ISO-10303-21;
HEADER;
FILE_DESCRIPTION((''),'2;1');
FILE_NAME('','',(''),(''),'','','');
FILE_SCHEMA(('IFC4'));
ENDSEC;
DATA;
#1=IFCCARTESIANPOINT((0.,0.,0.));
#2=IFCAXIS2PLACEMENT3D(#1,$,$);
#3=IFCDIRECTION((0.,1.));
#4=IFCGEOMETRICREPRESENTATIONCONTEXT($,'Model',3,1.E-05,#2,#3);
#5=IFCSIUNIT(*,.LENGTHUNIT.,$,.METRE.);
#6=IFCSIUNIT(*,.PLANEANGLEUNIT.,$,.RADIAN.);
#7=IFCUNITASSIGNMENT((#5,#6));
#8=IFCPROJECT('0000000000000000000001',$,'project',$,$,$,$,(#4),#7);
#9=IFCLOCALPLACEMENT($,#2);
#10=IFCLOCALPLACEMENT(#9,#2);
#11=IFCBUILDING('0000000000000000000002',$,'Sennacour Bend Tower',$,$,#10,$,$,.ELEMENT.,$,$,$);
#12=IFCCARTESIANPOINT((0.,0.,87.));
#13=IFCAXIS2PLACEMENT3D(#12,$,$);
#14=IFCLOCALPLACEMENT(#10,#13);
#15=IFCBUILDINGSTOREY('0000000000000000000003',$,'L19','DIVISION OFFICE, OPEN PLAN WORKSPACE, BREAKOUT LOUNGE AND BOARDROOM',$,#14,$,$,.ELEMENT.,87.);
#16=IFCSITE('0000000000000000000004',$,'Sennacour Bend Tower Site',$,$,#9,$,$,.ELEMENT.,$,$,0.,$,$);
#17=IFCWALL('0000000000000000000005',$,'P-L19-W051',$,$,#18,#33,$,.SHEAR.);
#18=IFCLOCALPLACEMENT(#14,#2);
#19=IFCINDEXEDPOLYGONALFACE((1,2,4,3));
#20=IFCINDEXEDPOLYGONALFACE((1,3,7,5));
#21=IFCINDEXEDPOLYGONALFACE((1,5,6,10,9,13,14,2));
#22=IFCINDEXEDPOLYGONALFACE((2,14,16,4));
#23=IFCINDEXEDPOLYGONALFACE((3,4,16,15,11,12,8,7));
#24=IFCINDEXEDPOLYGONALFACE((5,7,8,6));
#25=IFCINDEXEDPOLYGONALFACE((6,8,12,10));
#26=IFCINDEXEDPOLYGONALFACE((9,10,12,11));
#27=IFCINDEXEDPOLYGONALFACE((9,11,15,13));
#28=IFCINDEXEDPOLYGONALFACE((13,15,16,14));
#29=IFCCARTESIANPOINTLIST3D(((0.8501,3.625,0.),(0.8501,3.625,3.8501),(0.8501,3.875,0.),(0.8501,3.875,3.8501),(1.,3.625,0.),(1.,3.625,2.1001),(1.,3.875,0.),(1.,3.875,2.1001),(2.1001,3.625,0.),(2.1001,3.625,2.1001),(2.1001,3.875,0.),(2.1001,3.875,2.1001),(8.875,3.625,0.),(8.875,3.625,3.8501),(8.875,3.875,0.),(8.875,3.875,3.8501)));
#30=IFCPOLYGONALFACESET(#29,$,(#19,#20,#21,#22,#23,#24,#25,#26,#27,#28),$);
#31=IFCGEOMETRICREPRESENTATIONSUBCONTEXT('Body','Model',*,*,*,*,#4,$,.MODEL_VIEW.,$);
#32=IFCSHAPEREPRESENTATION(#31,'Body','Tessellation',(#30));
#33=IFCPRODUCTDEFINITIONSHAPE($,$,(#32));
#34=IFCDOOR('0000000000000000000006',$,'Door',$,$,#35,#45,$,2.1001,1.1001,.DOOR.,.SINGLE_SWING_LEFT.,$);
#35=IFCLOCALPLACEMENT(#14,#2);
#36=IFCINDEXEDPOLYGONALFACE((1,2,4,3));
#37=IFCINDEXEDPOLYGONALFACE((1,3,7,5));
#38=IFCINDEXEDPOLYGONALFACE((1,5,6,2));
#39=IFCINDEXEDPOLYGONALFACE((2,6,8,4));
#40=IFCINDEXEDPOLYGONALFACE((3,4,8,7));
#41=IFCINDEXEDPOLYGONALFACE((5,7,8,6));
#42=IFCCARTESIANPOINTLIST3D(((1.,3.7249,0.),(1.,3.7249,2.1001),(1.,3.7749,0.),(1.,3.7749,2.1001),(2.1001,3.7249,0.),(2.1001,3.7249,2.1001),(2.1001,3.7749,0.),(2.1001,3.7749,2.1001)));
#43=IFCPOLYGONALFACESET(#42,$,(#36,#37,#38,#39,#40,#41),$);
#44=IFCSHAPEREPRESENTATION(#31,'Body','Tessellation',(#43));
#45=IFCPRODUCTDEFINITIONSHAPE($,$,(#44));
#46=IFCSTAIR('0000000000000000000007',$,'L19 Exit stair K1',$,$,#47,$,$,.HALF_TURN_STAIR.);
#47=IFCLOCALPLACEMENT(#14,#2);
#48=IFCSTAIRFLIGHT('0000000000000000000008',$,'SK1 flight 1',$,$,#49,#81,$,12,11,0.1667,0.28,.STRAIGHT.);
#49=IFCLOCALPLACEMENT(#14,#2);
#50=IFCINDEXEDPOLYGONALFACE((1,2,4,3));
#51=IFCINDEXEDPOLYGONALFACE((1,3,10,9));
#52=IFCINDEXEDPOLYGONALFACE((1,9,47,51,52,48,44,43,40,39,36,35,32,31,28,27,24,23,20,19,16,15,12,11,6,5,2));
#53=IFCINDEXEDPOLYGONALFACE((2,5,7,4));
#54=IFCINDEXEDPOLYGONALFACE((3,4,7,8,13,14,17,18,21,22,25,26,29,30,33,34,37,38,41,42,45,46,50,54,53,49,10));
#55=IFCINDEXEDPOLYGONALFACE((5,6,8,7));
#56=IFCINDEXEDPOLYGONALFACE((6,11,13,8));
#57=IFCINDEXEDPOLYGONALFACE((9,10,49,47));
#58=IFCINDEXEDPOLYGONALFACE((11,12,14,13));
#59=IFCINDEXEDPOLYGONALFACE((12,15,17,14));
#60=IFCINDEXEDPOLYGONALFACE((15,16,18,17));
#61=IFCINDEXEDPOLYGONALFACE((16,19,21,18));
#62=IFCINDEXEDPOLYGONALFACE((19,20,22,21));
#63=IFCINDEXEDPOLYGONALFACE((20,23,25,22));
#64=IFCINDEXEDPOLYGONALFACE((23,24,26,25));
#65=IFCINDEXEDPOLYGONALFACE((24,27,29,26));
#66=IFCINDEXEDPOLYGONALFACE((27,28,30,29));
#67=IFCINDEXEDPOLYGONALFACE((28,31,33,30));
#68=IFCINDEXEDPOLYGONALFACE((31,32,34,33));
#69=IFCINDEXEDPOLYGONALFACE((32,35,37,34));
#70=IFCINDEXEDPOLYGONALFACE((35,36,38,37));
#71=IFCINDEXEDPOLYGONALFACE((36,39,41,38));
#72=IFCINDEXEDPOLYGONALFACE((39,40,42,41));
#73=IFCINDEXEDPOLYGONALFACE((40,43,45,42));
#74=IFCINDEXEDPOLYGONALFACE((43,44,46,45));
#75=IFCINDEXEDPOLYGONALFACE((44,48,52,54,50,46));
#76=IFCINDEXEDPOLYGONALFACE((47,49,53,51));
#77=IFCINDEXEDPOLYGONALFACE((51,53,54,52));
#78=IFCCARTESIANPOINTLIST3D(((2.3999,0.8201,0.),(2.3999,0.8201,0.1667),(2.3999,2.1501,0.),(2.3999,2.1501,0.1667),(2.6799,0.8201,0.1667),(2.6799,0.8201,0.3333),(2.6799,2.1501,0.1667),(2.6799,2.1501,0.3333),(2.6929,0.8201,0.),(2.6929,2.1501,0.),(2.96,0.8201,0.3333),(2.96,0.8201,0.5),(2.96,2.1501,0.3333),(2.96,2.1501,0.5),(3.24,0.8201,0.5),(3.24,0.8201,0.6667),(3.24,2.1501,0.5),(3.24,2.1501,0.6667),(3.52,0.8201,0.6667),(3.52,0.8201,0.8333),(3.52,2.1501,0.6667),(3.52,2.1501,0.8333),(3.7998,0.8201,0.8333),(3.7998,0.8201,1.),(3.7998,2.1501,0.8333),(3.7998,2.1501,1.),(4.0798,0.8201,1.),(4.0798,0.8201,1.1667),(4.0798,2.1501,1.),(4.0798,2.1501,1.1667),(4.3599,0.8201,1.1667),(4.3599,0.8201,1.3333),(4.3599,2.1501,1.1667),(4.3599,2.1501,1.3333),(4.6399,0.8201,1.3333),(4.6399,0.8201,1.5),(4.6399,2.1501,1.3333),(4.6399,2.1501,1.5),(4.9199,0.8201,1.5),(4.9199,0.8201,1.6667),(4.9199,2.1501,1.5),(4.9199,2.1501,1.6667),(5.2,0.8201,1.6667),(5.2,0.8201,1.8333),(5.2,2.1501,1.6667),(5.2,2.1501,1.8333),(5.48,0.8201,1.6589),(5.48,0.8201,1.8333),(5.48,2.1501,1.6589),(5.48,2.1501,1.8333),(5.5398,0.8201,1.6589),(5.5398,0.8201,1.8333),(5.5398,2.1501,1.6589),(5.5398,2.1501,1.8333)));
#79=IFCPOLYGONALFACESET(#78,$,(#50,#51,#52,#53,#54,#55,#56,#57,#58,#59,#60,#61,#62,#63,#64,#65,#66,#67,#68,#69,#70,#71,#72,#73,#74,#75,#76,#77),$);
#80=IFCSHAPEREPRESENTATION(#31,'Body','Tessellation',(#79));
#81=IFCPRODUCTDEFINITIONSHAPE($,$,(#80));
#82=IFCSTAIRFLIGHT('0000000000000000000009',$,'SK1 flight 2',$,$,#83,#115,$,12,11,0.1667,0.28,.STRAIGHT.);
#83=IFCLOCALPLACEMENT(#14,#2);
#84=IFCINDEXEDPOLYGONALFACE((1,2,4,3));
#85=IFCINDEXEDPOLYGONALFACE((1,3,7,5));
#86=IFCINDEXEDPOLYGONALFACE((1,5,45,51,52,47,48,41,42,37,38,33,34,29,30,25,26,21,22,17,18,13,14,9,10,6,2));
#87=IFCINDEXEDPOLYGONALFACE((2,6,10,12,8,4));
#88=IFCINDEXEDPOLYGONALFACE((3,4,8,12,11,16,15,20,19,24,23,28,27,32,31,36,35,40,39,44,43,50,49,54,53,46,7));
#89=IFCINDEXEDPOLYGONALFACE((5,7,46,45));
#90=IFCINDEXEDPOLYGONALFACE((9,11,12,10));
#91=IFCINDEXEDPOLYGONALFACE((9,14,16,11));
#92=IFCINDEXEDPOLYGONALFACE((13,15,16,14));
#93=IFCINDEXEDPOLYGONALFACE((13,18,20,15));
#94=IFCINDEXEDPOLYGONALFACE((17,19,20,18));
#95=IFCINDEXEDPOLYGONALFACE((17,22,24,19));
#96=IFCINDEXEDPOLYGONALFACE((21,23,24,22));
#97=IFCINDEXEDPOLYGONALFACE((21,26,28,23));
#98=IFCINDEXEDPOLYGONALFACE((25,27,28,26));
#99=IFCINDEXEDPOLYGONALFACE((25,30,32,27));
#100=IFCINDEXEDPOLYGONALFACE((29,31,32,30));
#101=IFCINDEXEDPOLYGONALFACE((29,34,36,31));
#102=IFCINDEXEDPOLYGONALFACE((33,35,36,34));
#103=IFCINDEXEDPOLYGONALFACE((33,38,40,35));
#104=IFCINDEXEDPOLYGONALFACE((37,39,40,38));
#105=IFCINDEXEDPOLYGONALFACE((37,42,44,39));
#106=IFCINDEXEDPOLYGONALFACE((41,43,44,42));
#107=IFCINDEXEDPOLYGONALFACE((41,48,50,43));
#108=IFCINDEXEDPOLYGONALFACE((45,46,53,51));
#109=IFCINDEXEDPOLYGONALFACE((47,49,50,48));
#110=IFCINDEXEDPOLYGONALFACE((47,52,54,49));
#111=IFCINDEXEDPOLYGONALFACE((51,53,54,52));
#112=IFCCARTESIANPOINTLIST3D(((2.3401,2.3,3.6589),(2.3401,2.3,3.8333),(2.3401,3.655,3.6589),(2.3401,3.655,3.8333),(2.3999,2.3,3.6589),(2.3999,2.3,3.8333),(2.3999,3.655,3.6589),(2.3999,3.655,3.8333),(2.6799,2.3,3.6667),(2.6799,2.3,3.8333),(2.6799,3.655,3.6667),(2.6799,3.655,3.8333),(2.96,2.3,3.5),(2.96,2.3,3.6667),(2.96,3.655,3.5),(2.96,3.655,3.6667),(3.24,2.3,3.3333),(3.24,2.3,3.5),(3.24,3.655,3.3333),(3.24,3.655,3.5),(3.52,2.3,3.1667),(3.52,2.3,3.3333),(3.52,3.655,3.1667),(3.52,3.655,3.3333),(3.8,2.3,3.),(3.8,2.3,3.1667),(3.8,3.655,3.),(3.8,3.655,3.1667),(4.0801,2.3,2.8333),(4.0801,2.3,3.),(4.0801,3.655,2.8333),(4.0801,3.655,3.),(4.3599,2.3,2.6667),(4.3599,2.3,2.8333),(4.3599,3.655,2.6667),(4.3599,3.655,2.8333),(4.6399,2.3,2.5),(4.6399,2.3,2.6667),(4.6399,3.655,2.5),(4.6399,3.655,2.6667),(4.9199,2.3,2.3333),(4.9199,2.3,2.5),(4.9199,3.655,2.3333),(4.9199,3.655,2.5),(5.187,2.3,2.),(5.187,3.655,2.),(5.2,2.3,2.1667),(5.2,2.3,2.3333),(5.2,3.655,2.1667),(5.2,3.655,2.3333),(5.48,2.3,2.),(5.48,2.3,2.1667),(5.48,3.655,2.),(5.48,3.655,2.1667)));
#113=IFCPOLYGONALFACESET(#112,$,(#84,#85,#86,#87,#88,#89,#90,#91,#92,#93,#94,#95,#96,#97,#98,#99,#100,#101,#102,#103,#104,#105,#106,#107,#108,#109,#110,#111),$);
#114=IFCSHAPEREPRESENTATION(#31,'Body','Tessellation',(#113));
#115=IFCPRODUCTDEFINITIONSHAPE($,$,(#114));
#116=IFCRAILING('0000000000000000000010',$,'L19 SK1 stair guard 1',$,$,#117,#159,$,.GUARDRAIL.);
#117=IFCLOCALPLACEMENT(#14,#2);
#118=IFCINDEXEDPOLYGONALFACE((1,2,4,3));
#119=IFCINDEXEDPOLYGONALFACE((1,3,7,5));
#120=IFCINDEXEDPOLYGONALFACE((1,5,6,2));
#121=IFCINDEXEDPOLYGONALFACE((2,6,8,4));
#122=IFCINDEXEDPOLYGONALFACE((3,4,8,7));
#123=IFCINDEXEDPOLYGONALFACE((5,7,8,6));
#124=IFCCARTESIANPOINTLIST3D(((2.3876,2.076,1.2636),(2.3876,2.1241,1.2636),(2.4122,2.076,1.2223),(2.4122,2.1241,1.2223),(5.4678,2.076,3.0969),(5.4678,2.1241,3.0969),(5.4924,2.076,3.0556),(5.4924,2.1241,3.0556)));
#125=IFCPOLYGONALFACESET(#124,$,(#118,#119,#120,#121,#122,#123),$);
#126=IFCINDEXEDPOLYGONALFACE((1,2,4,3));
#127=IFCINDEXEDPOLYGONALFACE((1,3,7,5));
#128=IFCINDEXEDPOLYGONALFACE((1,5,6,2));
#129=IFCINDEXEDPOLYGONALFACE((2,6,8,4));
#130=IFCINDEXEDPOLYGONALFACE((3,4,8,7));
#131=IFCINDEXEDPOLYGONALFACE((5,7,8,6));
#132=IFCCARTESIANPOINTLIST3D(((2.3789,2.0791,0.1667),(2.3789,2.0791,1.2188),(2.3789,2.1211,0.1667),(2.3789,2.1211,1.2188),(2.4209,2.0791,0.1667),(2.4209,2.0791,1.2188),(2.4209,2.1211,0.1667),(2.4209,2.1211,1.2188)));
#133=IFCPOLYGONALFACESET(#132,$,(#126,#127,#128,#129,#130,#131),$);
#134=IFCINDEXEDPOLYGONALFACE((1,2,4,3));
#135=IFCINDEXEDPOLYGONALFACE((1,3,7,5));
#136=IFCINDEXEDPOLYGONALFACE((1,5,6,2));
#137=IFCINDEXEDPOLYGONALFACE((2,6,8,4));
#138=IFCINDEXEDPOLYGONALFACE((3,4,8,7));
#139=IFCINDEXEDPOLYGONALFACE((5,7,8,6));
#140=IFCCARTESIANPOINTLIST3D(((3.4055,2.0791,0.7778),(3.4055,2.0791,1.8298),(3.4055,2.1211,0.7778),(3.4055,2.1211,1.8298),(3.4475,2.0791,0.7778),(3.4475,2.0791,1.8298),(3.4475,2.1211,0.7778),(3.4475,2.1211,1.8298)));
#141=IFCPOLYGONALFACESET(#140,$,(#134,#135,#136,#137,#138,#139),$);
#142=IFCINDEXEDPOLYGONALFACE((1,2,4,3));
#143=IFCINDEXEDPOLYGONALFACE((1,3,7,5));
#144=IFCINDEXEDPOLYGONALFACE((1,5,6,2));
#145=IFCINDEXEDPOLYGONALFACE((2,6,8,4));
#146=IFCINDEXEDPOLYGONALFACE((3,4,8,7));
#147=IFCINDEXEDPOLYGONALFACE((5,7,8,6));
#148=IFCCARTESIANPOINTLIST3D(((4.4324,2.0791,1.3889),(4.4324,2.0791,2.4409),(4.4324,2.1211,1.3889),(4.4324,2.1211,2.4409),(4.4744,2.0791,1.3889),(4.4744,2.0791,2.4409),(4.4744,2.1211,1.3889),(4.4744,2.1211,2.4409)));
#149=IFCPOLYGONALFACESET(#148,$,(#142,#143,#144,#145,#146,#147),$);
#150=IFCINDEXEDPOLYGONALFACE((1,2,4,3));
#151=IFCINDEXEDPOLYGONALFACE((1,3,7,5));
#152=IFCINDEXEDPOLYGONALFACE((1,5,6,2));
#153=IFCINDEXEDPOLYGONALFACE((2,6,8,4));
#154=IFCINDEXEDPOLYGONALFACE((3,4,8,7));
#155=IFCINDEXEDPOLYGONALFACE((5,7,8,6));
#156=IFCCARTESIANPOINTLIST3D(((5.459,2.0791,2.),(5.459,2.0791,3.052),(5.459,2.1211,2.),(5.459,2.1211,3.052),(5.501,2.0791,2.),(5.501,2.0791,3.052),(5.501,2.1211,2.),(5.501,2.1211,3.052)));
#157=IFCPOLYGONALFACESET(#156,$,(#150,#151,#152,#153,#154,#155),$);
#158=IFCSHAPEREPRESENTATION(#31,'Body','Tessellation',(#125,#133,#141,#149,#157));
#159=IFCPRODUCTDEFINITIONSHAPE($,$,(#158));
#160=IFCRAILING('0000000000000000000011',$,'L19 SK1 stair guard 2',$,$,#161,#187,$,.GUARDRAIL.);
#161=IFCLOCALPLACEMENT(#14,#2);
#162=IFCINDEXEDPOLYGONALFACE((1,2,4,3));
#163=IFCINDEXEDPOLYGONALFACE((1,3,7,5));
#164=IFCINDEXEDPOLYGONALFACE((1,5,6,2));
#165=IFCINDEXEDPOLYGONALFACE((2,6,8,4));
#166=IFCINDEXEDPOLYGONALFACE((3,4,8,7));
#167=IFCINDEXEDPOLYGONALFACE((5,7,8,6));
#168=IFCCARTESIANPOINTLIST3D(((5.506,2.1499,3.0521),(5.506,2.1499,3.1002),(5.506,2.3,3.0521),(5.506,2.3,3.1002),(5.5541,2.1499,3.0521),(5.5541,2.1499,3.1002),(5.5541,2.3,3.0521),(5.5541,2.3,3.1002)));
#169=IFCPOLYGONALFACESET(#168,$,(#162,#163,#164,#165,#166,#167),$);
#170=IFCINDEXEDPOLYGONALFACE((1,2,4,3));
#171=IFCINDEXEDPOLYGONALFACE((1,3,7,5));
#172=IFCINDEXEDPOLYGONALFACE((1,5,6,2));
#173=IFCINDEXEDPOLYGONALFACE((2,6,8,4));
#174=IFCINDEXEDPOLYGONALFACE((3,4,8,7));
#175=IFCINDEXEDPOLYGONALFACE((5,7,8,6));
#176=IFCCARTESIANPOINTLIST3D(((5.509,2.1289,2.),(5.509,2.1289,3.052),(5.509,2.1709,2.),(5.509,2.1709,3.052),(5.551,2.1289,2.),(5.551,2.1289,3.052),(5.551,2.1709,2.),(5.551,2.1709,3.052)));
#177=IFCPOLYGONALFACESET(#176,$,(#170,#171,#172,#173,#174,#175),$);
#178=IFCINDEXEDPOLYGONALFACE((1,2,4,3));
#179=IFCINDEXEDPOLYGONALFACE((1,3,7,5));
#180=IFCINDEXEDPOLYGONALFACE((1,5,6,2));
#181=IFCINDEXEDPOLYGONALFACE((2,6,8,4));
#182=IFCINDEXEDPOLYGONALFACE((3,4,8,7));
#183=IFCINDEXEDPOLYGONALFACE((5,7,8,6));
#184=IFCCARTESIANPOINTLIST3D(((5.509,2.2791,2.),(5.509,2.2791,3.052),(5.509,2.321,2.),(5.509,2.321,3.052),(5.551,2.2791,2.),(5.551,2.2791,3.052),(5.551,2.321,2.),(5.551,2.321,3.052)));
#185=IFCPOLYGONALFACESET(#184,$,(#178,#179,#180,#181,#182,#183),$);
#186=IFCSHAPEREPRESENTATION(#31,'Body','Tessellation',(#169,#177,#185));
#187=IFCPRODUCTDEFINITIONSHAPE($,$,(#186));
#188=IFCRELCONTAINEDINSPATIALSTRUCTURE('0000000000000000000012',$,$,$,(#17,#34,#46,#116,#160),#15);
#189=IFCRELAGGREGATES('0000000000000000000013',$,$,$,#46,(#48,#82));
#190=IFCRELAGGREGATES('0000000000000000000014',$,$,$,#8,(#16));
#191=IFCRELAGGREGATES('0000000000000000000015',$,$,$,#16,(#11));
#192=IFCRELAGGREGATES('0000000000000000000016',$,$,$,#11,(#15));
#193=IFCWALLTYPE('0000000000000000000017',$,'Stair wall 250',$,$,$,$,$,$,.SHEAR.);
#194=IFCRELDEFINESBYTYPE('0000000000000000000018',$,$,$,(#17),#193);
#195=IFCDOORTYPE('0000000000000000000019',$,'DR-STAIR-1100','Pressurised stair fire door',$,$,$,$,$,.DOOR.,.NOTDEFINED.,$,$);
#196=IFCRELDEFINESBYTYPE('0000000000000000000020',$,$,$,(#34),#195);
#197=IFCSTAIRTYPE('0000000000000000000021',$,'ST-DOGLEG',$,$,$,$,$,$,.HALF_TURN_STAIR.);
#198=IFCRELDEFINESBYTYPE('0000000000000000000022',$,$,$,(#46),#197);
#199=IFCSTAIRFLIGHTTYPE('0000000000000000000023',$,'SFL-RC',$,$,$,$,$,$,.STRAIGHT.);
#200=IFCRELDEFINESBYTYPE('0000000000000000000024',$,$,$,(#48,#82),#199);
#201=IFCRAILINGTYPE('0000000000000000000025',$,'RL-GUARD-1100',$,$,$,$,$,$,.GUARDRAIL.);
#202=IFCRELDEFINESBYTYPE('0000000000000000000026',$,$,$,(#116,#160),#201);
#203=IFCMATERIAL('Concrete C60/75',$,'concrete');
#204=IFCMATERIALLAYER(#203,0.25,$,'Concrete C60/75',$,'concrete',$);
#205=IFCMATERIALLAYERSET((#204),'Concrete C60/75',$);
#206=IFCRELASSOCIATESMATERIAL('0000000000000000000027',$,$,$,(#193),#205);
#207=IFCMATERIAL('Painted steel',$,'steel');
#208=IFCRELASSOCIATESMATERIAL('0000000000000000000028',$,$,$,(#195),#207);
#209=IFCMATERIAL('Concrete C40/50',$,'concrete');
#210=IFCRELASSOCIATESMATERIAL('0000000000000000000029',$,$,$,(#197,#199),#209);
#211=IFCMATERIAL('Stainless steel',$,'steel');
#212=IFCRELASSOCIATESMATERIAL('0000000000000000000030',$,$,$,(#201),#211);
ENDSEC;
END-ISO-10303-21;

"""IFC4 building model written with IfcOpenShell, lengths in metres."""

from ifc_helpers import new_model, si_unit, direction, frame, frame_2d, origin, origin_2d, place, context, subcontext, project, spatial, polyline, rectangle, outline, extrude, material, layer, layer_set, type_object, element, fill, aggregate, save


model = new_model("IFC4")

# Units and contexts
model_context = context("Model", 3, precision=1e-05, world=origin(), true_north=direction((0.0, 1.0)))
body_context = subcontext(model_context, "Body", "Model", "MODEL_VIEW")
ifc_project = project(units=[si_unit("LENGTHUNIT", "METRE"), si_unit("PLANEANGLEUNIT", "RADIAN")], contexts=[model_context])

# Site, building, storey
site_placement = place(None, origin())
site = spatial("IfcSite", under=ifc_project, at=site_placement, Name="Sennacour Bend Tower Site", CompositionType="ELEMENT", RefElevation=0.0)
building_placement = place(site_placement, origin())
building = spatial("IfcBuilding", under=site, at=building_placement, Name="Sennacour Bend Tower", CompositionType="ELEMENT")
storey_placement = place(building_placement, frame((0.0, 0.0, 87.0)))
storey = spatial("IfcBuildingStorey", under=building, at=storey_placement, Name="L19", Description="DIVISION OFFICE, OPEN PLAN WORKSPACE, BREAKOUT LOUNGE AND BOARDROOM", CompositionType="ELEMENT", Elevation=87.0)

# Shared definitions
ifc_material_1 = material(Name="Concrete C60/75", Category="concrete")
ifc_layer_1 = layer(ifc_material_1, 0.25, Name="Concrete C60/75", Category="concrete")
ifc_layer_set_1 = layer_set([ifc_layer_1], Name="Concrete C60/75")
wall_type_1 = type_object("IfcWallType", Name="Stair wall 250", PredefinedType="SHEAR", material=ifc_layer_set_1)

# Wall, opening, door
wall_1_placement = place(storey_placement, frame((0.8501, 3.75, 0.0), z_axis=(0.0, 0.0, 1.0), x_axis=(1.0, 0.0, 0.0)))
wall_1 = element("IfcWall", 1, at=wall_1_placement, inside=storey, type_object=wall_type_1, Name="P-L19-W051", PredefinedType="SHEAR", context=body_context, shape_type="SweptSolid", body=[
    extrude(rectangle(XDim=8.0249, YDim=0.25, at=frame_2d((4.0125, 0.0))), origin(), (0.0, 0.0, 1.0), 3.8501),
])
opening_1_placement = place(wall_1_placement, frame((0.1499, 0.0, 0.0)))
opening_1 = element("IfcOpeningElement", 2, at=opening_1_placement, cuts=wall_1, PredefinedType="OPENING", context=body_context, shape_type="SweptSolid", body=[
    extrude(rectangle(XDim=1.1001, YDim=2.1001, at=frame_2d((0.55, 1.05))), frame((0.0, 0.135, 0.0), z_axis=(0.0, -1.0, 0.0), x_axis=(1.0, 0.0, 0.0)), (0.0, 0.0, 1.0), 0.27),
])
ifc_material_2 = material(Name="Painted steel", Category="steel")
door_type = type_object("IfcDoorType", Name="DR-STAIR-1100", Description="Pressurised stair fire door", OperationType="NOTDEFINED", PredefinedType="DOOR", material=ifc_material_2)
door_placement = place(opening_1_placement, origin())
door = element("IfcDoor", 3, at=door_placement, inside=storey, type_object=door_type, Name="Door", OperationType="SINGLE_SWING_LEFT", OverallHeight=2.1001, OverallWidth=1.1001, PredefinedType="DOOR", context=body_context, shape_type="SweptSolid", body=[
    extrude(rectangle(XDim=1.1001, YDim=2.1001, at=frame_2d((0.55, 1.05))), frame((0.0, 0.0249, 0.0), z_axis=(0.0, -1.0, 0.0), x_axis=(1.0, 0.0, 0.0)), (0.0, 0.0, 1.0), 0.05),
])
fill(opening_1, door)

# Stair, stair flights
ifc_material_3 = material(Name="Concrete C40/50", Category="concrete")
stair_type = type_object("IfcStairType", Name="ST-DOGLEG", PredefinedType="HALF_TURN_STAIR", material=ifc_material_3)
stair_placement = place(storey_placement, origin())
stair = element("IfcStair", 4, at=stair_placement, inside=storey, type_object=stair_type, Name="L19 Exit stair K1", PredefinedType="HALF_TURN_STAIR")
stair_flight_type = type_object("IfcStairFlightType", Name="SFL-RC", PredefinedType="STRAIGHT", material=ifc_material_3)
stair_flight_1_placement = place(storey_placement, frame((2.3999, 1.4851, 0.0), z_axis=(0.0, 0.0, 1.0), x_axis=(1.0, 0.0, 0.0)))
stair_flight_1 = element("IfcStairFlight", 5, at=stair_flight_1_placement, type_object=stair_flight_type, Name="SK1 flight 1", NumberOfRisers=12, NumberOfTreads=11, PredefinedType="STRAIGHT", RiserHeight=0.1667, TreadLength=0.28, context=body_context, shape_type="SweptSolid", body=[
    extrude(outline(polyline([(0.0, 0.0), (0.0, 0.1667), (0.28, 0.1667), (0.28, 0.3333), (0.5601, 0.3333), (0.5601, 0.5), (0.8401, 0.5), (0.8401, 0.6667), (1.1201, 0.6667), (1.1201, 0.8333), (1.3999, 0.8333), (1.3999, 1.0), (1.6799, 1.0), (1.6799, 1.1667), (1.96, 1.1667), (1.96, 1.3333), (2.24, 1.3333), (2.24, 1.5), (2.52, 1.5), (2.52, 1.6667), (2.8, 1.6667), (2.8, 1.8333), (3.0801, 1.8333), (3.1399, 1.8333), (3.1399, 1.6589), (3.0801, 1.6589), (0.293, 0.0), (0.0, 0.0)])), frame((0.0, 0.665, 0.0), z_axis=(0.0, -1.0, 0.0), x_axis=(1.0, 0.0, 0.0)), (0.0, 0.0, 1.0), 1.3301),
])
stair_flight_2_placement = place(storey_placement, frame((5.48, 2.9775, 2.0), z_axis=(0.0, 0.0, 1.0), x_axis=(-1.0, 0.0, 0.0)))
stair_flight_2 = element("IfcStairFlight", 6, at=stair_flight_2_placement, type_object=stair_flight_type, Name="SK1 flight 2", NumberOfRisers=12, NumberOfTreads=11, PredefinedType="STRAIGHT", RiserHeight=0.1667, TreadLength=0.28, context=body_context, shape_type="SweptSolid", body=[
    extrude(outline(polyline([(0.0, 0.0), (0.0, 0.1667), (0.28, 0.1667), (0.28, 0.3333), (0.5601, 0.3333), (0.5601, 0.5), (0.8401, 0.5), (0.8401, 0.6667), (1.1201, 0.6667), (1.1201, 0.8333), (1.3999, 0.8333), (1.3999, 1.0), (1.6799, 1.0), (1.6799, 1.1667), (1.96, 1.1667), (1.96, 1.3333), (2.24, 1.3333), (2.24, 1.5), (2.52, 1.5), (2.52, 1.6667), (2.8, 1.6667), (2.8, 1.8333), (3.0801, 1.8333), (3.1399, 1.8333), (3.1399, 1.6589), (3.0801, 1.6589), (0.293, 0.0), (0.0, 0.0)])), frame((0.0, 0.6775, 0.0), z_axis=(0.0, -1.0, 0.0), x_axis=(1.0, 0.0, 0.0)), (0.0, 0.0, 1.0), 1.355),
])
aggregate(stair, [stair_flight_1, stair_flight_2])

# Railings
ifc_material_4 = material(Name="Stainless steel", Category="steel")
railing_type_1 = type_object("IfcRailingType", Name="RL-GUARD-1100", PredefinedType="GUARDRAIL", material=ifc_material_4)
railing_1_placement = place(storey_placement, frame((2.3999, 2.1001, 0.1667)))
element("IfcRailing", 7, at=railing_1_placement, inside=storey, type_object=railing_type_1, Name="L19 SK1 stair guard 1", PredefinedType="GUARDRAIL", context=body_context, shape_type="SweptSolid", body=[
    extrude(rectangle(XDim=0.0481, YDim=0.0481, at=origin_2d()), frame((0.0, 0.0, 1.0762), z_axis=(0.859309, 0.0, 0.511458), x_axis=(0.0, 1.0, 0.0)), (0.0, 0.0, 1.0), 3.5845),
    extrude(rectangle(XDim=0.042, YDim=0.042, at=origin_2d()), origin(), (0.0, 0.0, 1.0), 1.052),
    extrude(rectangle(XDim=0.042, YDim=0.042, at=origin_2d()), frame((1.0266, 0.0, 0.6111)), (0.0, 0.0, 1.0), 1.052),
    extrude(rectangle(XDim=0.042, YDim=0.042, at=origin_2d()), frame((2.0535, 0.0, 1.2222)), (0.0, 0.0, 1.0), 1.052),
    extrude(rectangle(XDim=0.042, YDim=0.042, at=origin_2d()), frame((3.0801, 0.0, 1.8333)), (0.0, 0.0, 1.0), 1.052),
])
railing_2_placement = place(storey_placement, frame((5.53, 2.1499, 2.0)))
element("IfcRailing", 8, at=railing_2_placement, inside=storey, type_object=railing_type_1, Name="L19 SK1 stair guard 2", PredefinedType="GUARDRAIL", context=body_context, shape_type="SweptSolid", body=[
    extrude(rectangle(XDim=0.0481, YDim=0.0481, at=origin_2d()), frame((0.0, 0.0, 1.0762), z_axis=(0.0, 1.0, 0.0), x_axis=(-1.0, 0.0, 0.0)), (0.0, 0.0, 1.0), 0.1501),
    extrude(rectangle(XDim=0.042, YDim=0.042, at=origin_2d()), origin(), (0.0, 0.0, 1.0), 1.052),
    extrude(rectangle(XDim=0.042, YDim=0.042, at=origin_2d()), frame((0.0, 0.1501, 0.0)), (0.0, 0.0, 1.0), 1.052),
])

save(model, "model.ifc")
